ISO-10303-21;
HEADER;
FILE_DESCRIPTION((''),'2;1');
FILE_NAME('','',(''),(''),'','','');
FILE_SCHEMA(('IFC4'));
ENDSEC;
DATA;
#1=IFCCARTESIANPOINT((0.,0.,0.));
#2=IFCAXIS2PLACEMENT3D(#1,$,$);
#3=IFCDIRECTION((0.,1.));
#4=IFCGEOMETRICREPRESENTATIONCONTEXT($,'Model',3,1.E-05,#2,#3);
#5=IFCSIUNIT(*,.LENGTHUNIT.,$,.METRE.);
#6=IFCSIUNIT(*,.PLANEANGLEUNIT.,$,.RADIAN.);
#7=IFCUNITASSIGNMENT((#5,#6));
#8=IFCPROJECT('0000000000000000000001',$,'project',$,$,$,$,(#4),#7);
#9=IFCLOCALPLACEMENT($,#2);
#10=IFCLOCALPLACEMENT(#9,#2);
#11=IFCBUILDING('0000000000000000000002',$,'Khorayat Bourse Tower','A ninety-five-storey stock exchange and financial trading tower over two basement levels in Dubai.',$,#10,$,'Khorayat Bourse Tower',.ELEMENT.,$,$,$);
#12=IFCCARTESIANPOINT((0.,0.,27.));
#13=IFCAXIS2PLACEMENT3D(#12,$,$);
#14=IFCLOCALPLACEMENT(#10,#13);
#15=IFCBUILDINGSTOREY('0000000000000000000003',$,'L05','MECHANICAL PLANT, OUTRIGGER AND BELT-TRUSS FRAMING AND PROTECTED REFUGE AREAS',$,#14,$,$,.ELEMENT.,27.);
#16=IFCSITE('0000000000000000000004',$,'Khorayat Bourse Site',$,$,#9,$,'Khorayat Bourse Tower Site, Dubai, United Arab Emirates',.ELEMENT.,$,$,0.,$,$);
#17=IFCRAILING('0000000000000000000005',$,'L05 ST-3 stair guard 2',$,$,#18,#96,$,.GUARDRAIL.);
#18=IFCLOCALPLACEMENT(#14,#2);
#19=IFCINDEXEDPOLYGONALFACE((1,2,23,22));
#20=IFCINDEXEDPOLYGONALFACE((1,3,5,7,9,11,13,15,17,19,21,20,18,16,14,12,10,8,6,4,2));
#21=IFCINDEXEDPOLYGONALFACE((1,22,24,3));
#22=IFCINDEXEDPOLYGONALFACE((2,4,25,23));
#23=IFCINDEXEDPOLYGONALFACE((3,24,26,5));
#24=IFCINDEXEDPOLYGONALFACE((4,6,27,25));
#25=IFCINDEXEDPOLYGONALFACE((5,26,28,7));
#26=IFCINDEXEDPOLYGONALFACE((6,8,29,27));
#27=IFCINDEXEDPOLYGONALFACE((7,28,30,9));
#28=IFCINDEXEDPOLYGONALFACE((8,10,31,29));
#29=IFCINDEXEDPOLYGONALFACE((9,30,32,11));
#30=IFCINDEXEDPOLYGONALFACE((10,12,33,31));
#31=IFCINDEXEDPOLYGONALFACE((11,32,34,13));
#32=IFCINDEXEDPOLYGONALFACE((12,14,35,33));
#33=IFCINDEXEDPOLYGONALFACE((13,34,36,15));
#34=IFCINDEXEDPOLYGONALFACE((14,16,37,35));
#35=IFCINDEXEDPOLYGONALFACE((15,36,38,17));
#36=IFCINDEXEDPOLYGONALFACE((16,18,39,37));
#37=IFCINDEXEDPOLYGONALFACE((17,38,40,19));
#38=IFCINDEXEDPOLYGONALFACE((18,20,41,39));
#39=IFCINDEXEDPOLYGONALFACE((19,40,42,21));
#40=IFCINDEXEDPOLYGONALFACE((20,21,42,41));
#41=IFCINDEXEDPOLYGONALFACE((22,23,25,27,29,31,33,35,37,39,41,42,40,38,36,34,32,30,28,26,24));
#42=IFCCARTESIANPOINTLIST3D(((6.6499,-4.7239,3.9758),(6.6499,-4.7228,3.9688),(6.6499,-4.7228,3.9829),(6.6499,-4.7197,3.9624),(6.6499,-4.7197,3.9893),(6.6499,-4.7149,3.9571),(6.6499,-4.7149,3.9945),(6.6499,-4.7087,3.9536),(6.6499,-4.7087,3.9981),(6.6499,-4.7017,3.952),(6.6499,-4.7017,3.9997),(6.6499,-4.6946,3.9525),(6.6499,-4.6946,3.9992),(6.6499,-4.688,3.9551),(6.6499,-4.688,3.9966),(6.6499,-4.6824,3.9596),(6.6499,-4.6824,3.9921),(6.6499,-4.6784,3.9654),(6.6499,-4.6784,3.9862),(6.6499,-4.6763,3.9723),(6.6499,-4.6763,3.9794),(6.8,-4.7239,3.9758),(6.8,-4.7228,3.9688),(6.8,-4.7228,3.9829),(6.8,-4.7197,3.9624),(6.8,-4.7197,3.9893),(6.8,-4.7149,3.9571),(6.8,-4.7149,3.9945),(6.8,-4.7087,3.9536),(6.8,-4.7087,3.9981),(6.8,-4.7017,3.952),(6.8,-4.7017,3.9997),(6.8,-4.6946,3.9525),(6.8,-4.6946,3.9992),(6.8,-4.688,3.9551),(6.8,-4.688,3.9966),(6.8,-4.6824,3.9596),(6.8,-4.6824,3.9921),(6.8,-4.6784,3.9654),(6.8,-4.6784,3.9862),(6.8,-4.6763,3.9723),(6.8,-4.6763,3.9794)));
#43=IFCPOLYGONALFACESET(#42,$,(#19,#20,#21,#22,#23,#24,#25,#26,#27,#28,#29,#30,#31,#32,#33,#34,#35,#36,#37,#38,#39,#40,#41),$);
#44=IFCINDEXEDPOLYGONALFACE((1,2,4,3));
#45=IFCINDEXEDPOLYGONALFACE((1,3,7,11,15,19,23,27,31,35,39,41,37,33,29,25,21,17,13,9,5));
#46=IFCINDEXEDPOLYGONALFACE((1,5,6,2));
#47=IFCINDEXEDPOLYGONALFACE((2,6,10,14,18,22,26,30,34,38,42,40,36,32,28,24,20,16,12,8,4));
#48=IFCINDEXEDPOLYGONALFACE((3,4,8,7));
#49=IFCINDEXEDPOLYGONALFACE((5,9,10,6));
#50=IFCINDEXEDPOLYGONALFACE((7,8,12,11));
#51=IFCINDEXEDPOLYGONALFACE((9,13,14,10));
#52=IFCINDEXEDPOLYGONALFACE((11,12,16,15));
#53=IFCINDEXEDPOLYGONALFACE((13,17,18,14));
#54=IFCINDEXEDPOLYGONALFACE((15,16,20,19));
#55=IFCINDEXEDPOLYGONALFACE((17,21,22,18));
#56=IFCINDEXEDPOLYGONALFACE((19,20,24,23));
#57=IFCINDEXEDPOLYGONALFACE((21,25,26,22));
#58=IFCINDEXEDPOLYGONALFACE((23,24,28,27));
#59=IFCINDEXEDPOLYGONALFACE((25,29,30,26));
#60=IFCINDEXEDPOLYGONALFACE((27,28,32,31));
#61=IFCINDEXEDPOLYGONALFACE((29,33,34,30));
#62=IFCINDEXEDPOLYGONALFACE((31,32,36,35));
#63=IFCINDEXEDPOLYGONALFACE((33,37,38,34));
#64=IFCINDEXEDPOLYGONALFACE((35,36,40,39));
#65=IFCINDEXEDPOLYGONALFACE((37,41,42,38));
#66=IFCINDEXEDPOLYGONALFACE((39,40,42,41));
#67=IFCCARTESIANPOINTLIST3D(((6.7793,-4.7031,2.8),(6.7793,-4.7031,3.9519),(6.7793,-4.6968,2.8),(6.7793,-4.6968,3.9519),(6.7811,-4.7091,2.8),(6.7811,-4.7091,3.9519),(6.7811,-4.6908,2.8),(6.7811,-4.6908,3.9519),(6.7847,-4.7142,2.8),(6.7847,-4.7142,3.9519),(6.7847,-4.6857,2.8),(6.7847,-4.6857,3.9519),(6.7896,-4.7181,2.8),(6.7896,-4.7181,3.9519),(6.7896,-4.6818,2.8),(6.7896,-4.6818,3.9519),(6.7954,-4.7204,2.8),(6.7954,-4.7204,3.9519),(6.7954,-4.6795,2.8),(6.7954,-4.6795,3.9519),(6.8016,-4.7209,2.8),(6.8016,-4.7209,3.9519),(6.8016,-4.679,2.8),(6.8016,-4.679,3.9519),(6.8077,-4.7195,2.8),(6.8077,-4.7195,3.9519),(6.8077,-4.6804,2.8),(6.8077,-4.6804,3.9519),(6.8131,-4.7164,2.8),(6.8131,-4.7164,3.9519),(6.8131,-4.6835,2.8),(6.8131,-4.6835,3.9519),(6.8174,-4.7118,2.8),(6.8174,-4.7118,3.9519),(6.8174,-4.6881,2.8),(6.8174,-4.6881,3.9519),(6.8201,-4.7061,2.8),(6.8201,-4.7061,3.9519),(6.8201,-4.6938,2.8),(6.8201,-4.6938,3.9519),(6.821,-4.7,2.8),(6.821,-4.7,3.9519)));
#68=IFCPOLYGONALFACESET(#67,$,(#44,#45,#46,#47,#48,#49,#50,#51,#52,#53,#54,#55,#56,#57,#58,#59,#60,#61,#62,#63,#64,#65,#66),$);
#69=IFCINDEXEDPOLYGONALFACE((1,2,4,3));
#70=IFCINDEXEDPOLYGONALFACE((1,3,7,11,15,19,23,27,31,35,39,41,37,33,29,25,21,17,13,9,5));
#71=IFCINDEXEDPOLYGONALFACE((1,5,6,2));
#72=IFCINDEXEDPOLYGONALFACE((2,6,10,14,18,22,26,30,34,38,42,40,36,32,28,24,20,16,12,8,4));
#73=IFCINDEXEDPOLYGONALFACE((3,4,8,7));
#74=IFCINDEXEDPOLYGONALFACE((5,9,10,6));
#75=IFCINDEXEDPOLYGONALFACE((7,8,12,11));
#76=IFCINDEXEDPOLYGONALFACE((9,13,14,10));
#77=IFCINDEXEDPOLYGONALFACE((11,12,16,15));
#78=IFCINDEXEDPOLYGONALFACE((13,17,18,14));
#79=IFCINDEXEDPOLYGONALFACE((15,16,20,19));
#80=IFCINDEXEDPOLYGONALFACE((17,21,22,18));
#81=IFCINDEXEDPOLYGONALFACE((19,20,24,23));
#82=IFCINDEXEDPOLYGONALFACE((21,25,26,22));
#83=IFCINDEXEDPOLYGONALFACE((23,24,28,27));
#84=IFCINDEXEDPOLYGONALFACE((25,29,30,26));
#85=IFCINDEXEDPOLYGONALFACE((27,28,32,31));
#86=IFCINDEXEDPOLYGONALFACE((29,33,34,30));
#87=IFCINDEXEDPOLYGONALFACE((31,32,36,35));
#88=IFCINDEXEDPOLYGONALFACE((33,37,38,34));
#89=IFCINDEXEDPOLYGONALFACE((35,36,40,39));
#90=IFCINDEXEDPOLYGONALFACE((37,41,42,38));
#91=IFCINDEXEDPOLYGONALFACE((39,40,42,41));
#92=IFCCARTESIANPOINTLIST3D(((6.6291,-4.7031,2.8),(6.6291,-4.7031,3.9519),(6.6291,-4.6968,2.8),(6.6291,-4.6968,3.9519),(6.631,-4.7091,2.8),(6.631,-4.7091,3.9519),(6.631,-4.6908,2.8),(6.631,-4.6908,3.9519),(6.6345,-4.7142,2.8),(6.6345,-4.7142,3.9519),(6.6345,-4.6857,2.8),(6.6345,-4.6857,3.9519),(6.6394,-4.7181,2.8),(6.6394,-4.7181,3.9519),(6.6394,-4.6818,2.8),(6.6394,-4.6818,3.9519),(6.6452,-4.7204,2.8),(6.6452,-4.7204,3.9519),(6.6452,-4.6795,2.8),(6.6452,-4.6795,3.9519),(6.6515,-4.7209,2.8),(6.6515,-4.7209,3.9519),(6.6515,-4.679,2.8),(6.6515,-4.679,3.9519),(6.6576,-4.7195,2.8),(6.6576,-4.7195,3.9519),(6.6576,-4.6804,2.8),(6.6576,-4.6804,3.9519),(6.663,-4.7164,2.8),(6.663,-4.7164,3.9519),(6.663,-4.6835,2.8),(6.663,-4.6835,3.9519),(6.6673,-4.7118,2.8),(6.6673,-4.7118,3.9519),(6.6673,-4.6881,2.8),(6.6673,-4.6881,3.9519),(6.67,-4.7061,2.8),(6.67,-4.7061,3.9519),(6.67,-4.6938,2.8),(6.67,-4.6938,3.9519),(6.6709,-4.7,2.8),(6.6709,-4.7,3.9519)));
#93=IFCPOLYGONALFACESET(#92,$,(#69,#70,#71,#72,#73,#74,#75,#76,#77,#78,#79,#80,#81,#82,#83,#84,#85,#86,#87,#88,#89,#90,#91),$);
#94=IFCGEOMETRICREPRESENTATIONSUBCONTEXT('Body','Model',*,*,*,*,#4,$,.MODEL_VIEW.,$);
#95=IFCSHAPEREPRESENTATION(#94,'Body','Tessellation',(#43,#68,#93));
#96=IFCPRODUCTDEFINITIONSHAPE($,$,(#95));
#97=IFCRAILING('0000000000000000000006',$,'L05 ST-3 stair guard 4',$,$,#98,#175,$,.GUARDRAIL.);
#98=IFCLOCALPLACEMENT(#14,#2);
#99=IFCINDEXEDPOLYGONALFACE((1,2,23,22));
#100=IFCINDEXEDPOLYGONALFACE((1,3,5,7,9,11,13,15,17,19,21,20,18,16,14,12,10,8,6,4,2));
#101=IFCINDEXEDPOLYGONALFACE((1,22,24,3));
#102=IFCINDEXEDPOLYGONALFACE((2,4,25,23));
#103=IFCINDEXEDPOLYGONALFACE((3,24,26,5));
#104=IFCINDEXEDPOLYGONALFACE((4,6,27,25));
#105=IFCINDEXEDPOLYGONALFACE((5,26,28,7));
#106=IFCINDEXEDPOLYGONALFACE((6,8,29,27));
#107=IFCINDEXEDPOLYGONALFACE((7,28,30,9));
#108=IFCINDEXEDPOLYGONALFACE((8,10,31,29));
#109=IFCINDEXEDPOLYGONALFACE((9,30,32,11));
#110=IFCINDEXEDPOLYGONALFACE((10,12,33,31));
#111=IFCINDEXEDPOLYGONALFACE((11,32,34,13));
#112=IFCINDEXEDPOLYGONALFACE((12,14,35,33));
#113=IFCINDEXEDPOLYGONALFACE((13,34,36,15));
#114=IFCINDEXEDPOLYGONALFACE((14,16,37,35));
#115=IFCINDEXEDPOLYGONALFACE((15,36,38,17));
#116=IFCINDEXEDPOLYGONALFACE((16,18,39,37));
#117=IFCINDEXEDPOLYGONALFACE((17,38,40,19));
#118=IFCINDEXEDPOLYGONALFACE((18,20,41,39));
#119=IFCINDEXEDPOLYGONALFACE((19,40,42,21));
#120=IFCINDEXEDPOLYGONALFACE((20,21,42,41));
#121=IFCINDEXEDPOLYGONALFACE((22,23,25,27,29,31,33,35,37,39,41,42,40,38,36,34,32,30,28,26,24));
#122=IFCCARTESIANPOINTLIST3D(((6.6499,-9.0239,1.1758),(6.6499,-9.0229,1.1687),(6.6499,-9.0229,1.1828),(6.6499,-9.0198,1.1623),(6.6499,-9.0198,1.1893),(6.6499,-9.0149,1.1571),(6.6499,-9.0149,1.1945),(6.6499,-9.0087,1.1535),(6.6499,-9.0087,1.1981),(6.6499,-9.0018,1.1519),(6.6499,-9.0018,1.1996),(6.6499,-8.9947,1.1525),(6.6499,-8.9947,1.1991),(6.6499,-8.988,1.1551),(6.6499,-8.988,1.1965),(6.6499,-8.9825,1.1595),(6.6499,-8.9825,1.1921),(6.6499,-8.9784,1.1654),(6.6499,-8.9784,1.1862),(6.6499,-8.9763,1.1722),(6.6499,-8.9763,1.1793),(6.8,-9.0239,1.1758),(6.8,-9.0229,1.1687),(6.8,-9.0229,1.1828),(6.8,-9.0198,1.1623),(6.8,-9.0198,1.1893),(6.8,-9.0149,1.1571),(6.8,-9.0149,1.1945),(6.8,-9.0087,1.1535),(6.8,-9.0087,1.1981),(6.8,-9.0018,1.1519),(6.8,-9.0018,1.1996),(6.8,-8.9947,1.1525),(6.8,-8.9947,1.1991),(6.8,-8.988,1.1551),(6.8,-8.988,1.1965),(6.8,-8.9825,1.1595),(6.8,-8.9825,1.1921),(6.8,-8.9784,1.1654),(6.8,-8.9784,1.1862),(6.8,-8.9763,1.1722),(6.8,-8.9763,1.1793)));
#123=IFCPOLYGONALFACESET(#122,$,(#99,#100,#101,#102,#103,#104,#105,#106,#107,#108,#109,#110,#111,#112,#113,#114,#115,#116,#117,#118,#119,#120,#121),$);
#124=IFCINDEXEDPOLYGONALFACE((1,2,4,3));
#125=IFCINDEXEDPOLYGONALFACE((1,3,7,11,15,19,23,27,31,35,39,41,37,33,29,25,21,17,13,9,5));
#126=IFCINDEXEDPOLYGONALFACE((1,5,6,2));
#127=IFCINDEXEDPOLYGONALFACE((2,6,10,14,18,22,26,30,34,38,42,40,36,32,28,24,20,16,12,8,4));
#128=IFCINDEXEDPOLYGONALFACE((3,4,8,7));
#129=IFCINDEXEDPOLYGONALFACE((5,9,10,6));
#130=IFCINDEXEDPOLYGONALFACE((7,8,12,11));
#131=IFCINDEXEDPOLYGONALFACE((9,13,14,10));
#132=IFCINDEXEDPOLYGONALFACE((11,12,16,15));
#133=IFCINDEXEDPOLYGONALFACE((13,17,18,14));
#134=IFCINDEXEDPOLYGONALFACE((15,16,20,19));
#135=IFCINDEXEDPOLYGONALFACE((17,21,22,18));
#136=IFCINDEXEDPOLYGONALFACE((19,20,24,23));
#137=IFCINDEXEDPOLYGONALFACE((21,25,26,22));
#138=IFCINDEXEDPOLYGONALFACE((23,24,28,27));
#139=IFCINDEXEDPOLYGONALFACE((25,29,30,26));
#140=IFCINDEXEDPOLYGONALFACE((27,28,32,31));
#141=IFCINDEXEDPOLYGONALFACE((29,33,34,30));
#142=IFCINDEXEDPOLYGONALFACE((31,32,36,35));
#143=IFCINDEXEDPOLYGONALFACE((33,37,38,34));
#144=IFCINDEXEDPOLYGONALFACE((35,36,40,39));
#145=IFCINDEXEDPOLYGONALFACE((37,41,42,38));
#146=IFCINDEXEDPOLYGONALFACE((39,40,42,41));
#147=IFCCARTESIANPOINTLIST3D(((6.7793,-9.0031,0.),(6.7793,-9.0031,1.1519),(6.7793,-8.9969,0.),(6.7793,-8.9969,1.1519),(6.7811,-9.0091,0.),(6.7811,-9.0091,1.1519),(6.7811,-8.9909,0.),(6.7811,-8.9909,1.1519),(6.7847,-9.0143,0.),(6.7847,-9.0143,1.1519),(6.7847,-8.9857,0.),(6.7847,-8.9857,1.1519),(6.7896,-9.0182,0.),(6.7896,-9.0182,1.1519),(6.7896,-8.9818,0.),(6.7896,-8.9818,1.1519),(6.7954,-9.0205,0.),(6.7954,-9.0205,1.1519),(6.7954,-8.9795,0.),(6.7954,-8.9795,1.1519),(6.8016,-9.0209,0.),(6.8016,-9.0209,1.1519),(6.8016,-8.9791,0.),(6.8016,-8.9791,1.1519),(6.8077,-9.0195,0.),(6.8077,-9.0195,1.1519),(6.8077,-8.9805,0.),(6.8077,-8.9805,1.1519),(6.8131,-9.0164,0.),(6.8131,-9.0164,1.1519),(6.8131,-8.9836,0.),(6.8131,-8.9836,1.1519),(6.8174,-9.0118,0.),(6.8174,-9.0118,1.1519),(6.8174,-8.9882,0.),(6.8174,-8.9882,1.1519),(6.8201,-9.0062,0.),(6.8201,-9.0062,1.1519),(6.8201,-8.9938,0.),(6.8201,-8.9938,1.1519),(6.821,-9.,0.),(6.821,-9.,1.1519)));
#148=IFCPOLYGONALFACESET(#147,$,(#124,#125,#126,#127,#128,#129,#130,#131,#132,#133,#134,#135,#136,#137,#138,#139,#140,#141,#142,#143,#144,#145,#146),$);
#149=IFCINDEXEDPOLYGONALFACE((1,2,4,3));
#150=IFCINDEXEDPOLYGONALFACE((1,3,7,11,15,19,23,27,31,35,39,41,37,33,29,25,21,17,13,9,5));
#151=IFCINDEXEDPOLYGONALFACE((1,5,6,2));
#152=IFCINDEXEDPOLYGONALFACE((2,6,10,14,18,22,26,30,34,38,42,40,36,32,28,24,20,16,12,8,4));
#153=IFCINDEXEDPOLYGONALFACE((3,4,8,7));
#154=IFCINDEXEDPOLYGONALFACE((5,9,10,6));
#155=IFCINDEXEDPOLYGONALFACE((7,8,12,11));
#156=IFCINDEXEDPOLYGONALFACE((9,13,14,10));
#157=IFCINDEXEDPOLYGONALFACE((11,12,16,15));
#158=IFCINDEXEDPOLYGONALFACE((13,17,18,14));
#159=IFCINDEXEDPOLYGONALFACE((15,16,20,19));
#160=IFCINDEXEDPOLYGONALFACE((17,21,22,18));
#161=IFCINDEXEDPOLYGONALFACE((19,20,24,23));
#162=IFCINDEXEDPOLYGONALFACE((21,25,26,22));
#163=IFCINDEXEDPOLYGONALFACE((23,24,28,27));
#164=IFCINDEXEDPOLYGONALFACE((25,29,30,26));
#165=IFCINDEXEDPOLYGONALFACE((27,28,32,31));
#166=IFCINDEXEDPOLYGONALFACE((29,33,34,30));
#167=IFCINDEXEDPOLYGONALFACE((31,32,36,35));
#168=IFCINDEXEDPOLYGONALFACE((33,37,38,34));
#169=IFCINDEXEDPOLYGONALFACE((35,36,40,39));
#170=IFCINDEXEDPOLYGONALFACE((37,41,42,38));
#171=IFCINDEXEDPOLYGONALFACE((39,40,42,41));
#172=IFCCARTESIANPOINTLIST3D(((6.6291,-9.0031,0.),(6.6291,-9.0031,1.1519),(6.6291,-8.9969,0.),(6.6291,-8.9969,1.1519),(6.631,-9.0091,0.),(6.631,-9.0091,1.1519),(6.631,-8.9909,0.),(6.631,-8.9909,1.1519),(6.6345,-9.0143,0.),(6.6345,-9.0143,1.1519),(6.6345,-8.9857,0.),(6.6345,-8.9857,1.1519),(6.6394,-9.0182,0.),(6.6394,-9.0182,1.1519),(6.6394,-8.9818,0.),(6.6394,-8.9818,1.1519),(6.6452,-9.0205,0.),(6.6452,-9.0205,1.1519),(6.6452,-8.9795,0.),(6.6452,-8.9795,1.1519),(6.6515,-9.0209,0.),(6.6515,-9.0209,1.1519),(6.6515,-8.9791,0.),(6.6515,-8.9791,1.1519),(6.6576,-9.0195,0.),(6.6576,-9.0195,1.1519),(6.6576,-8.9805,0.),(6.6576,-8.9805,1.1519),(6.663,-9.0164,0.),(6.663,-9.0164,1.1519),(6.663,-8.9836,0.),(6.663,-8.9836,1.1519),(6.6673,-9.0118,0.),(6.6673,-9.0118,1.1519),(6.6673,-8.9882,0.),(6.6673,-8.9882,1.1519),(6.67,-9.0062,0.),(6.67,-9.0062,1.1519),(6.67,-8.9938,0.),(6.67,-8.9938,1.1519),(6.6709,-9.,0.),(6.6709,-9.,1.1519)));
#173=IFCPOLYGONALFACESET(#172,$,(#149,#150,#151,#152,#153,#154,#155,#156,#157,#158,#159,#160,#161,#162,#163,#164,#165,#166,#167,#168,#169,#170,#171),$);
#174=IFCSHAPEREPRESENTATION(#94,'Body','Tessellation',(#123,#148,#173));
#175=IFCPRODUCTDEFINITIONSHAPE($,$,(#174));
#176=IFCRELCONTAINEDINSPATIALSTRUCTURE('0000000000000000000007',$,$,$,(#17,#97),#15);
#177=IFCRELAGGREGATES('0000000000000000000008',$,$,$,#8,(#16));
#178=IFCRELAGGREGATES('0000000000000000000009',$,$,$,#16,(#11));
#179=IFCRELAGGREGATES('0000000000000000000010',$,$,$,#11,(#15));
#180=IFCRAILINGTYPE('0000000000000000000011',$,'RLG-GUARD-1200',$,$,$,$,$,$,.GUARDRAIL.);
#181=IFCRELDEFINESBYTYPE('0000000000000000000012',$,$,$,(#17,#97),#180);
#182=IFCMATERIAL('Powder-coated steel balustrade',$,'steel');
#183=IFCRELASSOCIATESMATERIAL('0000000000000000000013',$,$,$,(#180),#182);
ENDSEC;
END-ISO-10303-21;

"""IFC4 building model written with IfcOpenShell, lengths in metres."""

from ifc_helpers import new_model, si_unit, direction, frame, origin, origin_2d, place, context, subcontext, project, spatial, circle, extrude, source, transform, mapped, material, type_object, element, save


model = new_model("IFC4")

# Units and contexts
model_context = context("Model", 3, precision=1e-05, world=origin(), true_north=direction((0.0, 1.0)))
body_context = subcontext(model_context, "Body", "Model", "MODEL_VIEW")
ifc_project = project(units=[si_unit("LENGTHUNIT", "METRE"), si_unit("PLANEANGLEUNIT", "RADIAN")], contexts=[model_context])

# Site, building, storey
site_placement = place(None, origin())
site = spatial("IfcSite", under=ifc_project, at=site_placement, Name="Khorayat Bourse Site", LongName="Khorayat Bourse Tower Site, Dubai, United Arab Emirates", CompositionType="ELEMENT", RefElevation=0.0)
building_placement = place(site_placement, origin())
building = spatial("IfcBuilding", under=site, at=building_placement, Name="Khorayat Bourse Tower", Description="A ninety-five-storey stock exchange and financial trading tower over two basement levels in Dubai.", LongName="Khorayat Bourse Tower", CompositionType="ELEMENT")
storey_placement = place(building_placement, frame((0.0, 0.0, 27.0)))
storey = spatial("IfcBuildingStorey", under=building, at=storey_placement, Name="L05", Description="MECHANICAL PLANT, OUTRIGGER AND BELT-TRUSS FRAMING AND PROTECTED REFUGE AREAS", CompositionType="ELEMENT", Elevation=27.0)

# Railings
ifc_material_1 = material(Name="Powder-coated steel balustrade", Category="steel")
railing_type_1 = type_object("IfcRailingType", Name="RLG-GUARD-1200", PredefinedType="GUARDRAIL", material=ifc_material_1)
shared_shape_1 = source(origin(), body_context, "Body", "SweptSolid", [
    extrude(circle(Radius=0.0239, at=origin_2d()), frame((0.0, 0.0, 1.1758), z_axis=(-1.0, 0.0, 0.0), x_axis=(0.0, -1.0, 0.0)), (0.0, 0.0, 1.0), 0.1501),
    extrude(circle(Radius=0.021, at=origin_2d()), origin(), (0.0, 0.0, 1.0), 1.1519),
    extrude(circle(Radius=0.021, at=origin_2d()), frame((-0.1501, 0.0, 0.0)), (0.0, 0.0, 1.0), 1.1519),
])
for number, where, name in (
    (1, (6.8, -4.7, 2.8), "L05 ST-3 stair guard 2"),
    (2, (6.8, -9.0, 0.0), "L05 ST-3 stair guard 4"),
):
    element("IfcRailing", number, at=place(storey_placement, frame(where)), inside=storey, type_object=railing_type_1, Name=name, PredefinedType="GUARDRAIL", context=body_context, shape_type="MappedRepresentation", body=[
        mapped(shared_shape_1, transform((0.0, 0.0, 0.0), scale=1.0)),
    ])

save(model, "model.ifc")
